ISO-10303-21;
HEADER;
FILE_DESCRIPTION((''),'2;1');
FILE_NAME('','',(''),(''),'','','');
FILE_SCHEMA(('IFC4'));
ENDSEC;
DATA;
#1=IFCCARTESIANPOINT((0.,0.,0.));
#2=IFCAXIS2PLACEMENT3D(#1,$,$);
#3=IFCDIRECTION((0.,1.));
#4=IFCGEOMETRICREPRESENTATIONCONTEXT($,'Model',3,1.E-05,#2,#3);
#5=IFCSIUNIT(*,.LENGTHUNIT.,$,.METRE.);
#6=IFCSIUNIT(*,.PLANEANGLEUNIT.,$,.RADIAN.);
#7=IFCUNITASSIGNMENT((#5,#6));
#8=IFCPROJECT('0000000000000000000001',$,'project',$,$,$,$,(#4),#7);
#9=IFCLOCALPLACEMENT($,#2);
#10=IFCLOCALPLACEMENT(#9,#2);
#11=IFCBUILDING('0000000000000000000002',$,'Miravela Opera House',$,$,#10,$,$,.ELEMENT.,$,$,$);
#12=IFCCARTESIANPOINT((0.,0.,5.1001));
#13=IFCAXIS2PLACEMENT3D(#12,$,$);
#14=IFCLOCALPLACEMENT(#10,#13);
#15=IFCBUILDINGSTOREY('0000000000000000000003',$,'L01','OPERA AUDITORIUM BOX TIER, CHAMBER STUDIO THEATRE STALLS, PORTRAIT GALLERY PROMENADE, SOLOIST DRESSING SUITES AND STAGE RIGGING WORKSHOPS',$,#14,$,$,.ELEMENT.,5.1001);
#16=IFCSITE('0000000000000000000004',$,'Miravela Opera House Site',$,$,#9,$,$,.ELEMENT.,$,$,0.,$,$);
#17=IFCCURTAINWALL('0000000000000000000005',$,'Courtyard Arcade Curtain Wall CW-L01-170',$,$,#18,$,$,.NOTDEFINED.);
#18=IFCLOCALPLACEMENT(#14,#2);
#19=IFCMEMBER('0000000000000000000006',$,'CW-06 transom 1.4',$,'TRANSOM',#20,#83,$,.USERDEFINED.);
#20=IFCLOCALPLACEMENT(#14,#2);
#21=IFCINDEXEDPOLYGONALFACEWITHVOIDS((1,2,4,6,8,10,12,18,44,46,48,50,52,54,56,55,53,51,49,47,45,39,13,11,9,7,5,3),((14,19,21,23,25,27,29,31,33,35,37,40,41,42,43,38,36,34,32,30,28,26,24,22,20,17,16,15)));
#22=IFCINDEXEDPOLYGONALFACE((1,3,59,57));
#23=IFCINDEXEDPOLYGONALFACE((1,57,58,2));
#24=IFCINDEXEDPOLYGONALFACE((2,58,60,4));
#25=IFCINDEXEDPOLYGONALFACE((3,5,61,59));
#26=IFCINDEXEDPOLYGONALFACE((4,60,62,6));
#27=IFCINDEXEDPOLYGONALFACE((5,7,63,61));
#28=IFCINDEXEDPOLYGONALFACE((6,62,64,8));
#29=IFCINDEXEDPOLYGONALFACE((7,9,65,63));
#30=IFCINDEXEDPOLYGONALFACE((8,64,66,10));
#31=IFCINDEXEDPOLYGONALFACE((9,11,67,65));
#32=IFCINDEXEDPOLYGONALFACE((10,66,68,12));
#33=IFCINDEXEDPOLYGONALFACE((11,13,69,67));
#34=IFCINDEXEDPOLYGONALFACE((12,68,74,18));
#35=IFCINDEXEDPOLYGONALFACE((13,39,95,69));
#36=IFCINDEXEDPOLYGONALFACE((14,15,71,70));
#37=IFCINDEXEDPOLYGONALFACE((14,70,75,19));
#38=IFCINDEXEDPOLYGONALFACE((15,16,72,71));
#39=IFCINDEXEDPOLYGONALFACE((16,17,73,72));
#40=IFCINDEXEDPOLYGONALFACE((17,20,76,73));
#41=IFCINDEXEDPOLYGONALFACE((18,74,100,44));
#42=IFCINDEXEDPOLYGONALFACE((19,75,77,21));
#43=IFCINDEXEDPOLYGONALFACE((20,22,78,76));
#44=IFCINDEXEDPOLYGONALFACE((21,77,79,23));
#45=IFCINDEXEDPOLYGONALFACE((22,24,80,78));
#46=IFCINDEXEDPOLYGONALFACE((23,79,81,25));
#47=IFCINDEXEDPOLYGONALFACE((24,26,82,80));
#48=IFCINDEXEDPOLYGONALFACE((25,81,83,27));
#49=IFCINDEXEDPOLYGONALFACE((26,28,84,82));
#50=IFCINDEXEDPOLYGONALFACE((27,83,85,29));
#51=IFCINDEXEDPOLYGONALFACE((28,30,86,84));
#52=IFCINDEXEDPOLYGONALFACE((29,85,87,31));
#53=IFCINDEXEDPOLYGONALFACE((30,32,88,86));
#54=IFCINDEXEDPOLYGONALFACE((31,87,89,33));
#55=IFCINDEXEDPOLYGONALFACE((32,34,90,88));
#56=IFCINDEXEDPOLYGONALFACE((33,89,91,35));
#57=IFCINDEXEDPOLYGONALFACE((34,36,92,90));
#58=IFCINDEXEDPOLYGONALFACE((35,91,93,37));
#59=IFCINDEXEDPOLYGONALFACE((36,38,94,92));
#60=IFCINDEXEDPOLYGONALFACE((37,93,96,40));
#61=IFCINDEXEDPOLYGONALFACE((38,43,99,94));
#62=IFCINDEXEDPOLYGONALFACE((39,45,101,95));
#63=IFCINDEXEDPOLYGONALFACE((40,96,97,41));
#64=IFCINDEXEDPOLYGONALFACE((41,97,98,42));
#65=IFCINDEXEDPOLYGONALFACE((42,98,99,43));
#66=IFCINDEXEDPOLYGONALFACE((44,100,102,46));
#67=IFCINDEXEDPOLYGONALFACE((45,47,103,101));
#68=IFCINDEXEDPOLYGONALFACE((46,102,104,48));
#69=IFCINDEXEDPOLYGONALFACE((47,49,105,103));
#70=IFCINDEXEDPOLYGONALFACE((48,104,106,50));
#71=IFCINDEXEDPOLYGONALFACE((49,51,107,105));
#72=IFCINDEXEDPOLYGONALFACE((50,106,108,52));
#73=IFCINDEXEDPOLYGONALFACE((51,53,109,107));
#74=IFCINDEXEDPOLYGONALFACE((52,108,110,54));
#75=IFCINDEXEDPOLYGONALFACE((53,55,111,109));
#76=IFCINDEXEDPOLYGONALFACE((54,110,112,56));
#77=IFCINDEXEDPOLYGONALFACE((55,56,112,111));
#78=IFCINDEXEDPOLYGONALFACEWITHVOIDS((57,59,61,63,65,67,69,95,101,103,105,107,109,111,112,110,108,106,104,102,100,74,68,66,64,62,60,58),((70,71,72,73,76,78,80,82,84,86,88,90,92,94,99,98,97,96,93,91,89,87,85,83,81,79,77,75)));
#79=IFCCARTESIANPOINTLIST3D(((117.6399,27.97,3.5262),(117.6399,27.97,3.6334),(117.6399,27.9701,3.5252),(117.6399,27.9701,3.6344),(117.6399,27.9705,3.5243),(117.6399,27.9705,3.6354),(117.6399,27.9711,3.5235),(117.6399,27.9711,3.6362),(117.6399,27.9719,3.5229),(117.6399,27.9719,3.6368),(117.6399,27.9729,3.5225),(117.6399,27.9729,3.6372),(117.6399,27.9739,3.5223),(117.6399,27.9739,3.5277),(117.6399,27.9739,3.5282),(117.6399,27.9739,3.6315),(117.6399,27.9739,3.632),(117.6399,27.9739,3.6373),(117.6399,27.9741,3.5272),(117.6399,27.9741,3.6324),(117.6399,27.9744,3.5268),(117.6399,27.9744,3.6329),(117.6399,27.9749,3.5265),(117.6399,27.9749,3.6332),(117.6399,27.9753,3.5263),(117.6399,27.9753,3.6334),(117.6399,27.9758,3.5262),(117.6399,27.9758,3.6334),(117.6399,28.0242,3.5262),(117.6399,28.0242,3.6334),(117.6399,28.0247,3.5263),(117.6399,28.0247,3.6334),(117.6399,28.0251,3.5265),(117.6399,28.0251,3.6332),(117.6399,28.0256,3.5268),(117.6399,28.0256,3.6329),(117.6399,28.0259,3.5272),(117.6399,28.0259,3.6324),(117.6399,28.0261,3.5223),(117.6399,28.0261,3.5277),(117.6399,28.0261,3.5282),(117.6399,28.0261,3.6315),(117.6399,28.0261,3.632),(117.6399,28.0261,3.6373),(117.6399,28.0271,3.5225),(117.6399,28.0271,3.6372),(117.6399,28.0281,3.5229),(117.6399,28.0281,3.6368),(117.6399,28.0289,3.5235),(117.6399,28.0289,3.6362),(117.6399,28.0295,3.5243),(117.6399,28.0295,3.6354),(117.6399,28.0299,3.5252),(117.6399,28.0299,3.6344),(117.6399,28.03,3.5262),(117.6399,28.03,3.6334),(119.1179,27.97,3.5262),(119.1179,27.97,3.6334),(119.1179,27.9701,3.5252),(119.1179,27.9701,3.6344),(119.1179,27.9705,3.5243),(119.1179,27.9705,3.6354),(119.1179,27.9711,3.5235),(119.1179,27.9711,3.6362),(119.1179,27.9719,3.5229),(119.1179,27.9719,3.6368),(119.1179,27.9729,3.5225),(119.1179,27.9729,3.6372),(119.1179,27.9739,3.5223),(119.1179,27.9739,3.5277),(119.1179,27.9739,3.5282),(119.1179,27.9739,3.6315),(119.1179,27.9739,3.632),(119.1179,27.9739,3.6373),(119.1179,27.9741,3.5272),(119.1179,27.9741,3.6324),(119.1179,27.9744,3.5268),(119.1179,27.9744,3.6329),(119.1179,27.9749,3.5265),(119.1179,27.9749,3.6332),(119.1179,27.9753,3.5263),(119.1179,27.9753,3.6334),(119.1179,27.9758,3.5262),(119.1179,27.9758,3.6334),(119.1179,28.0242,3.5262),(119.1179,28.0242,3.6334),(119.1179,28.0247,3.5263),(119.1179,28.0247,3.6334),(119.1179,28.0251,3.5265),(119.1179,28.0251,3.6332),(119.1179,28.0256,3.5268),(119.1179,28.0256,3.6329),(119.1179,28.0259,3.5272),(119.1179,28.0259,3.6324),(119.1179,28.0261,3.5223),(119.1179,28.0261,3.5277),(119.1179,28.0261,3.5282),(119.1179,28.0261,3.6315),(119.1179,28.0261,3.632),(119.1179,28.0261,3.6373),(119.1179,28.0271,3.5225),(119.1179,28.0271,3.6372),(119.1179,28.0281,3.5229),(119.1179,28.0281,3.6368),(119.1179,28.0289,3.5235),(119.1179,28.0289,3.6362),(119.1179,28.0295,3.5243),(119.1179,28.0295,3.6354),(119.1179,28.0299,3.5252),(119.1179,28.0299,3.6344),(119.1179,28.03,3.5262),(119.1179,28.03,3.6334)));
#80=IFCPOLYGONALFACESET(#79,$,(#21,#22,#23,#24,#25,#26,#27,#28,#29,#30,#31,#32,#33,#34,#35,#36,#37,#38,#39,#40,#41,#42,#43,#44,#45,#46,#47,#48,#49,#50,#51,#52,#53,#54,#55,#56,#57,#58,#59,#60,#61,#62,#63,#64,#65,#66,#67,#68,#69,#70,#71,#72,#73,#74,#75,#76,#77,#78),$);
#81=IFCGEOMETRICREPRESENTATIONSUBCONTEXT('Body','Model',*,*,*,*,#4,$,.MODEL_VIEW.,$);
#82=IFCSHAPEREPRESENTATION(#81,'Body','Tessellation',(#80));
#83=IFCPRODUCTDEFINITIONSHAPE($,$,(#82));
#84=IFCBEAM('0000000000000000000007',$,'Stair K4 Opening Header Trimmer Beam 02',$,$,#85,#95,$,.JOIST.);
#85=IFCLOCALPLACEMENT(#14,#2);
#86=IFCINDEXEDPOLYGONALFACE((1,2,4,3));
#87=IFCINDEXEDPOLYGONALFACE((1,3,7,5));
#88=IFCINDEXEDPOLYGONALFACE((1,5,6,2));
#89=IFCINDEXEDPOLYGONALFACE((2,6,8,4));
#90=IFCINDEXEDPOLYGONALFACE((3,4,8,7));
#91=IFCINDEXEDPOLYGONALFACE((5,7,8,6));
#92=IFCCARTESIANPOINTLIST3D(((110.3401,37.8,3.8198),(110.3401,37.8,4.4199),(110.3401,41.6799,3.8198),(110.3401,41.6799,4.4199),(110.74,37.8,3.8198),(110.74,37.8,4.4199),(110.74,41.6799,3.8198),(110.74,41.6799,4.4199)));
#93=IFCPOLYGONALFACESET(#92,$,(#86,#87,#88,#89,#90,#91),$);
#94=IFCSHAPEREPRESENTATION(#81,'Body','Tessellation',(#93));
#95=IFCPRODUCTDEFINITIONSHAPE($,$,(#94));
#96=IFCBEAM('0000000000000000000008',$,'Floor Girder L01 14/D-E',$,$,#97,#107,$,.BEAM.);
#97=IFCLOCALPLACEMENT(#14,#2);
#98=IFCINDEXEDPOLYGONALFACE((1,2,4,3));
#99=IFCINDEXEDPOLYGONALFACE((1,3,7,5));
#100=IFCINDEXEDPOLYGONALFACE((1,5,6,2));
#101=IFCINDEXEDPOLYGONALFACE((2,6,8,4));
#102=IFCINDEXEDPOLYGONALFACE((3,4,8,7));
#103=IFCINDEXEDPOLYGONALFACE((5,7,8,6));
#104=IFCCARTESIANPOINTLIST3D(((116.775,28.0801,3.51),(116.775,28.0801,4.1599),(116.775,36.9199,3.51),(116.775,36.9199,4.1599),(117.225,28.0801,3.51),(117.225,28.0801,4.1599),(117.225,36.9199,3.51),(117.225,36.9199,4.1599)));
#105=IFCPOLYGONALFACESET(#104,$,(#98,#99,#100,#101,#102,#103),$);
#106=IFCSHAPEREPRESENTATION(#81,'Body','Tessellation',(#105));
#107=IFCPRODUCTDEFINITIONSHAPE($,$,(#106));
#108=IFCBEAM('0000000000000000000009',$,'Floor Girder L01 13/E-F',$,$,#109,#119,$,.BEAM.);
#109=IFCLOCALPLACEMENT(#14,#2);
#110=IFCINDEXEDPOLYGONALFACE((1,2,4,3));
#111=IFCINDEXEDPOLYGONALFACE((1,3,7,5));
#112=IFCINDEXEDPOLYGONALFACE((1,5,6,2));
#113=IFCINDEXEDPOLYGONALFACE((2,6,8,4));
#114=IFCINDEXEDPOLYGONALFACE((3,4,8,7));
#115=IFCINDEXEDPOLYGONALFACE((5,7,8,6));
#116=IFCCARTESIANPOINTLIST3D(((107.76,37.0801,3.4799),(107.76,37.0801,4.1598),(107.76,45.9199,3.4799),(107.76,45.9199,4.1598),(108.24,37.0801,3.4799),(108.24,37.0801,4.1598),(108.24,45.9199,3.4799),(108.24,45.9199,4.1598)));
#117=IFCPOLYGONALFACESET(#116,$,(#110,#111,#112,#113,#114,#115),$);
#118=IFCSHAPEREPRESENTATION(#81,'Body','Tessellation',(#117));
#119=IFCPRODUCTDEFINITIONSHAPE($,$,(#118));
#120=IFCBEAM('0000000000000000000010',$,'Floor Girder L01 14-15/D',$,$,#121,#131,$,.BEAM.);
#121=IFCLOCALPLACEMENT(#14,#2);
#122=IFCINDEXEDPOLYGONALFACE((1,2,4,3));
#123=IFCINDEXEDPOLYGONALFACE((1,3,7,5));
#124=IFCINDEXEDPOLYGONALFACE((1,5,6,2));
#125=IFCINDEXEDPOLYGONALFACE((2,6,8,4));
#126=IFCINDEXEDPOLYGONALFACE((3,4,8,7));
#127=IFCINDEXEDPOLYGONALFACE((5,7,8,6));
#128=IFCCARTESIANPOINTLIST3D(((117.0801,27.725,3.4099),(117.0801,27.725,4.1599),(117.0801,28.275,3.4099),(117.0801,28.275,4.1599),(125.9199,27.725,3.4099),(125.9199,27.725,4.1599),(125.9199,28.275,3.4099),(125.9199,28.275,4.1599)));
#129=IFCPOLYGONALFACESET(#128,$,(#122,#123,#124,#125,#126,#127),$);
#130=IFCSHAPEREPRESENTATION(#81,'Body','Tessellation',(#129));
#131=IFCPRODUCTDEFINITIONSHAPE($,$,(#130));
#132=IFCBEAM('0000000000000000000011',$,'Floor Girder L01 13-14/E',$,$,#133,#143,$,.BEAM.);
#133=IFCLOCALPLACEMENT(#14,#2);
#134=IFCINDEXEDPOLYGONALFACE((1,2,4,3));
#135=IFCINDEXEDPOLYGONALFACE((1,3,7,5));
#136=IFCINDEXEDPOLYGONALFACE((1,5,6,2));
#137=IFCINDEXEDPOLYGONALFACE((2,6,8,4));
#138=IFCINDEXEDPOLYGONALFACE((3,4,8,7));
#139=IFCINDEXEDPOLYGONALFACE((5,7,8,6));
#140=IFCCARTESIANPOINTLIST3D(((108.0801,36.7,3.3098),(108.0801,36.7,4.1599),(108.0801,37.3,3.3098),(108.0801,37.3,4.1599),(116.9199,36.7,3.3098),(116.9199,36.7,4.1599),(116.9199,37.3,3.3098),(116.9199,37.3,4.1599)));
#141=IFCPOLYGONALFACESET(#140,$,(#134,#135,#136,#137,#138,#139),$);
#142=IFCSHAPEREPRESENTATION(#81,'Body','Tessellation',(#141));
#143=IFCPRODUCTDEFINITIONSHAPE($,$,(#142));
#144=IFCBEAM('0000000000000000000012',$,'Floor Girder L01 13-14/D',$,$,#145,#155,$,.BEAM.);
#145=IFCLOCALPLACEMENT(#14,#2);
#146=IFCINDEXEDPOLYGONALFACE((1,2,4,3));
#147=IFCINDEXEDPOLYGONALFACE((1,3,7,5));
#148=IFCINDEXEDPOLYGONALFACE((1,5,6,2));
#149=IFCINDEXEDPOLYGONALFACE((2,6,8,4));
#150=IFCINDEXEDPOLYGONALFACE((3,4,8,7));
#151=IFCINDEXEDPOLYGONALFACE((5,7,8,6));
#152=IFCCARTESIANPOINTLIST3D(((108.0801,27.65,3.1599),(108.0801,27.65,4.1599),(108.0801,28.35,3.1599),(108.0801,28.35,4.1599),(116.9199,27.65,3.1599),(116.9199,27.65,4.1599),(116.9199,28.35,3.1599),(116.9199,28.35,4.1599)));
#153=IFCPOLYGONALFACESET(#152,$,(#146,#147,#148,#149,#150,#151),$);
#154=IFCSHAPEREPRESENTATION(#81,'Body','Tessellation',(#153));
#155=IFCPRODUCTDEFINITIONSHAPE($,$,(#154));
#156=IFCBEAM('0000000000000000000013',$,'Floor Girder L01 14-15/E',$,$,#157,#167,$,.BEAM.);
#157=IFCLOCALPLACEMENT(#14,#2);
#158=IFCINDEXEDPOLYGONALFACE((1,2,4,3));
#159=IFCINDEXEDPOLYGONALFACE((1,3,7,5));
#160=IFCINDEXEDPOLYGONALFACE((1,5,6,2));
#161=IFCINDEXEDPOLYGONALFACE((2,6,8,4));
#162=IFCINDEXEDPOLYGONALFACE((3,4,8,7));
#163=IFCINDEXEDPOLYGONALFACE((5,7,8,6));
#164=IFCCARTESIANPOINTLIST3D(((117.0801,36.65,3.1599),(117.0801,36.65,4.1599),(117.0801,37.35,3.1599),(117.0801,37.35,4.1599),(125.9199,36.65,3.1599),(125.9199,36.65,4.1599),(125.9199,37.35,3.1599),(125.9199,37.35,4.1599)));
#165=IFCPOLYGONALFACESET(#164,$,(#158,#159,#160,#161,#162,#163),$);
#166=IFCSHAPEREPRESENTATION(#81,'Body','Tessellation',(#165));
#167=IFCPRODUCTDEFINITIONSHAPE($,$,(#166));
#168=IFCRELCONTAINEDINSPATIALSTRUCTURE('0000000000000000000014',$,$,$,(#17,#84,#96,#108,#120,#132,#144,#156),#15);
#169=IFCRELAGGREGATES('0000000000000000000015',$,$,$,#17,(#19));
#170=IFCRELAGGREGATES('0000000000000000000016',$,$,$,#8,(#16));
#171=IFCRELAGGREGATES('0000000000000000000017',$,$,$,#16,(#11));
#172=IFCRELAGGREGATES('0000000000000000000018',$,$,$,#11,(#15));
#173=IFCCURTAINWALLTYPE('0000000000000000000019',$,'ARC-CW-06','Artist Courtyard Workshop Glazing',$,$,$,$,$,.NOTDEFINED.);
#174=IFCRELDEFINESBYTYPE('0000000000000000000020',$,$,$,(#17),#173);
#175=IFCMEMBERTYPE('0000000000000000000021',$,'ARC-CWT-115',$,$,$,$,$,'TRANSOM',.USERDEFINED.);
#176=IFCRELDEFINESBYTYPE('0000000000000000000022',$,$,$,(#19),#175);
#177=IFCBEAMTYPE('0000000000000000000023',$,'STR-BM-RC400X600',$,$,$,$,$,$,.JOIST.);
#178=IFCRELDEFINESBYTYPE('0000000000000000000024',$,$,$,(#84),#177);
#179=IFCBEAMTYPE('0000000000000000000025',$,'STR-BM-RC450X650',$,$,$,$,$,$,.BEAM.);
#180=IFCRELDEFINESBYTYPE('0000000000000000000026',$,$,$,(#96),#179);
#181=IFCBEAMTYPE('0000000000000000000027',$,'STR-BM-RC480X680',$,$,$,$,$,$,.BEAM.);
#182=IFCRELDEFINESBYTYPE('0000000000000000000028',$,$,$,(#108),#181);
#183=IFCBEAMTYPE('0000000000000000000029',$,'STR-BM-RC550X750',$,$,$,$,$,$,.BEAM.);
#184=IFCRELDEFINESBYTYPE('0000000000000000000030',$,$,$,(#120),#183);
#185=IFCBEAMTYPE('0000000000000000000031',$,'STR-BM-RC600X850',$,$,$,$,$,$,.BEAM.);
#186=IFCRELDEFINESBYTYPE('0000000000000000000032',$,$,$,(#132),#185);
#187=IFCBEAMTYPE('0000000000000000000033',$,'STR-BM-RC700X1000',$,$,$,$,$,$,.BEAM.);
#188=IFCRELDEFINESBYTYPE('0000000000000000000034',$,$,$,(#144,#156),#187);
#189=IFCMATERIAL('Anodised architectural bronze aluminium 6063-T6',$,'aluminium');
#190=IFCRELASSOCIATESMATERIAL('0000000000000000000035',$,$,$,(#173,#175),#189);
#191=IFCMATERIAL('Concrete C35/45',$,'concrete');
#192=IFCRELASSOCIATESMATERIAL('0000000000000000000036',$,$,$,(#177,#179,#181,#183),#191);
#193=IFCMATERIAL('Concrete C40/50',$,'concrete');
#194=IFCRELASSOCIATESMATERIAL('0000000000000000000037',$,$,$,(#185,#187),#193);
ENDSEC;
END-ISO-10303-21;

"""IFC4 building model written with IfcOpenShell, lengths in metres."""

from ifc_helpers import new_model, si_unit, direction, frame, origin, origin_2d, place, context, subcontext, project, spatial, rectangle, hollow_rectangle, extrude, material, material_profile, profile_set, type_object, element, aggregate, save


model = new_model("IFC4")

# Units and contexts
model_context = context("Model", 3, precision=1e-05, world=origin(), true_north=direction((0.0, 1.0)))
body_context = subcontext(model_context, "Body", "Model", "MODEL_VIEW")
ifc_project = project(units=[si_unit("LENGTHUNIT", "METRE"), si_unit("PLANEANGLEUNIT", "RADIAN")], contexts=[model_context])

# Site, building, storey
site_placement = place(None, origin())
site = spatial("IfcSite", under=ifc_project, at=site_placement, Name="Miravela Opera House Site", CompositionType="ELEMENT", RefElevation=0.0)
building_placement = place(site_placement, origin())
building = spatial("IfcBuilding", under=site, at=building_placement, Name="Miravela Opera House", CompositionType="ELEMENT")
storey_placement = place(building_placement, frame((0.0, 0.0, 5.1001)))
storey = spatial("IfcBuildingStorey", under=building, at=storey_placement, Name="L01", Description="OPERA AUDITORIUM BOX TIER, CHAMBER STUDIO THEATRE STALLS, PORTRAIT GALLERY PROMENADE, SOLOIST DRESSING SUITES AND STAGE RIGGING WORKSHOPS", CompositionType="ELEMENT", Elevation=5.1001)

# Shared definitions
ifc_material_1 = material(Name="Concrete C35/45", Category="concrete")
ifc_material_2 = material(Name="Concrete C40/50", Category="concrete")

# Curtain wall, member
ifc_material_3 = material(Name="Anodised architectural bronze aluminium 6063-T6", Category="aluminium")
curtain_wall_type = type_object("IfcCurtainWallType", Name="ARC-CW-06", Description="Artist Courtyard Workshop Glazing", PredefinedType="NOTDEFINED", material=ifc_material_3)
curtain_wall_placement = place(storey_placement, origin())
curtain_wall = element("IfcCurtainWall", 1, at=curtain_wall_placement, inside=storey, type_object=curtain_wall_type, Name="Courtyard Arcade Curtain Wall CW-L01-170", PredefinedType="NOTDEFINED")
ifc_material_profile_1 = material_profile(ifc_material_3, hollow_rectangle(XDim=0.0601, YDim=0.115, WallThickness=0.0039, InnerFilletRadius=0.002, OuterFilletRadius=0.0039, at=origin_2d()), Name="CWT-60X115")
ifc_profile_set_1 = profile_set([ifc_material_profile_1])
member_type_1 = type_object("IfcMemberType", Name="ARC-CWT-115", ElementType="TRANSOM", PredefinedType="USERDEFINED", material=ifc_profile_set_1)
member_1_placement = place(storey_placement, frame((117.6399, 28.0, 3.5798), z_axis=(1.0, 0.0, 0.0), x_axis=(0.0, 1.0, 0.0)))
member_1 = element("IfcMember", 2, at=member_1_placement, type_object=member_type_1, Name="CW-06 transom 1.4", ObjectType="TRANSOM", PredefinedType="USERDEFINED", context=body_context, shape_type="SweptSolid", body=[
    extrude(hollow_rectangle(XDim=0.0601, YDim=0.115, WallThickness=0.0039, InnerFilletRadius=0.002, OuterFilletRadius=0.0039, at=origin_2d()), origin(), (0.0, 0.0, 1.0), 1.478),
])

# Beams
ifc_material_profile_2 = material_profile(ifc_material_1, rectangle(XDim=0.3999, YDim=0.6001, at=origin_2d()), Name="RC-BM-400X600")
ifc_profile_set_2 = profile_set([ifc_material_profile_2])
beam_type_1 = type_object("IfcBeamType", Name="STR-BM-RC400X600", PredefinedType="JOIST", material=ifc_profile_set_2)
beam_1_placement = place(storey_placement, frame((110.54, 37.8, 4.1199), z_axis=(0.0, 1.0, 0.0), x_axis=(-1.0, 0.0, 0.0)))
element("IfcBeam", 3, at=beam_1_placement, inside=storey, type_object=beam_type_1, Name="Stair K4 Opening Header Trimmer Beam 02", PredefinedType="JOIST", context=body_context, shape_type="SweptSolid", body=[
    extrude(rectangle(XDim=0.3999, YDim=0.6001, at=origin_2d()), origin(), (0.0, 0.0, 1.0), 3.8799),
])
ifc_material_profile_3 = material_profile(ifc_material_1, rectangle(XDim=0.45, YDim=0.6499, at=origin_2d()), Name="RC-BM-450X650")
ifc_profile_set_3 = profile_set([ifc_material_profile_3])
beam_type_2 = type_object("IfcBeamType", Name="STR-BM-RC450X650", PredefinedType="BEAM", material=ifc_profile_set_3)
beam_2_placement = place(storey_placement, frame((117.0, 28.0801, 3.835), z_axis=(0.0, 1.0, 0.0), x_axis=(-1.0, 0.0, 0.0)))
element("IfcBeam", 4, at=beam_2_placement, inside=storey, type_object=beam_type_2, Name="Floor Girder L01 14/D-E", PredefinedType="BEAM", context=body_context, shape_type="SweptSolid", body=[
    extrude(rectangle(XDim=0.45, YDim=0.6499, at=origin_2d()), origin(), (0.0, 0.0, 1.0), 8.8398),
])
ifc_material_profile_4 = material_profile(ifc_material_1, rectangle(XDim=0.48, YDim=0.6799, at=origin_2d()), Name="RC-BM-480X680")
ifc_profile_set_4 = profile_set([ifc_material_profile_4])
beam_type_3 = type_object("IfcBeamType", Name="STR-BM-RC480X680", PredefinedType="BEAM", material=ifc_profile_set_4)
beam_3_placement = place(storey_placement, frame((108.0, 37.0801, 3.8198), z_axis=(0.0, 1.0, 0.0), x_axis=(-1.0, 0.0, 0.0)))
element("IfcBeam", 5, at=beam_3_placement, inside=storey, type_object=beam_type_3, Name="Floor Girder L01 13/E-F", PredefinedType="BEAM", context=body_context, shape_type="SweptSolid", body=[
    extrude(rectangle(XDim=0.48, YDim=0.6799, at=origin_2d()), origin(), (0.0, 0.0, 1.0), 8.8398),
])
ifc_material_profile_5 = material_profile(ifc_material_1, rectangle(XDim=0.55, YDim=0.75, at=origin_2d()), Name="RC-BM-550X750")
ifc_profile_set_5 = profile_set([ifc_material_profile_5])
beam_type_4 = type_object("IfcBeamType", Name="STR-BM-RC550X750", PredefinedType="BEAM", material=ifc_profile_set_5)
beam_4_placement = place(storey_placement, frame((117.0801, 28.0, 3.7849), z_axis=(1.0, 0.0, 0.0), x_axis=(0.0, 1.0, 0.0)))
element("IfcBeam", 6, at=beam_4_placement, inside=storey, type_object=beam_type_4, Name="Floor Girder L01 14-15/D", PredefinedType="BEAM", context=body_context, shape_type="SweptSolid", body=[
    extrude(rectangle(XDim=0.55, YDim=0.75, at=origin_2d()), origin(), (0.0, 0.0, 1.0), 8.8398),
])
ifc_material_profile_6 = material_profile(ifc_material_2, rectangle(XDim=0.6001, YDim=0.8501, at=origin_2d()), Name="RC-BM-600X850")
ifc_profile_set_6 = profile_set([ifc_material_profile_6])
beam_type_5 = type_object("IfcBeamType", Name="STR-BM-RC600X850", PredefinedType="BEAM", material=ifc_profile_set_6)
beam_5_placement = place(storey_placement, frame((108.0801, 37.0, 3.7349), z_axis=(1.0, 0.0, 0.0), x_axis=(0.0, 1.0, 0.0)))
element("IfcBeam", 7, at=beam_5_placement, inside=storey, type_object=beam_type_5, Name="Floor Girder L01 13-14/E", PredefinedType="BEAM", context=body_context, shape_type="SweptSolid", body=[
    extrude(rectangle(XDim=0.6001, YDim=0.8501, at=origin_2d()), origin(), (0.0, 0.0, 1.0), 8.8398),
])
ifc_material_profile_7 = material_profile(ifc_material_2, rectangle(XDim=0.7, YDim=1.0, at=origin_2d()), Name="RC-BM-700X1000")
ifc_profile_set_7 = profile_set([ifc_material_profile_7])
beam_type_6 = type_object("IfcBeamType", Name="STR-BM-RC700X1000", PredefinedType="BEAM", material=ifc_profile_set_7)
for number, where, z_axis, x_axis, name in (
    (8, (108.0801, 28.0, 3.6599), (1.0, 0.0, 0.0), (0.0, 1.0, 0.0), "Floor Girder L01 13-14/D"),
    (9, (117.0801, 37.0, 3.6599), (1.0, 0.0, 0.0), (0.0, 1.0, 0.0), "Floor Girder L01 14-15/E"),
):
    element("IfcBeam", number, at=place(storey_placement, frame(where, z_axis=z_axis, x_axis=x_axis)), inside=storey, type_object=beam_type_6, Name=name, PredefinedType="BEAM", context=body_context, shape_type="SweptSolid", body=[
        extrude(rectangle(XDim=0.7, YDim=1.0, at=origin_2d()), origin(), (0.0, 0.0, 1.0), 8.8398),
    ])

aggregate(curtain_wall, [member_1])

save(model, "model.ifc")
